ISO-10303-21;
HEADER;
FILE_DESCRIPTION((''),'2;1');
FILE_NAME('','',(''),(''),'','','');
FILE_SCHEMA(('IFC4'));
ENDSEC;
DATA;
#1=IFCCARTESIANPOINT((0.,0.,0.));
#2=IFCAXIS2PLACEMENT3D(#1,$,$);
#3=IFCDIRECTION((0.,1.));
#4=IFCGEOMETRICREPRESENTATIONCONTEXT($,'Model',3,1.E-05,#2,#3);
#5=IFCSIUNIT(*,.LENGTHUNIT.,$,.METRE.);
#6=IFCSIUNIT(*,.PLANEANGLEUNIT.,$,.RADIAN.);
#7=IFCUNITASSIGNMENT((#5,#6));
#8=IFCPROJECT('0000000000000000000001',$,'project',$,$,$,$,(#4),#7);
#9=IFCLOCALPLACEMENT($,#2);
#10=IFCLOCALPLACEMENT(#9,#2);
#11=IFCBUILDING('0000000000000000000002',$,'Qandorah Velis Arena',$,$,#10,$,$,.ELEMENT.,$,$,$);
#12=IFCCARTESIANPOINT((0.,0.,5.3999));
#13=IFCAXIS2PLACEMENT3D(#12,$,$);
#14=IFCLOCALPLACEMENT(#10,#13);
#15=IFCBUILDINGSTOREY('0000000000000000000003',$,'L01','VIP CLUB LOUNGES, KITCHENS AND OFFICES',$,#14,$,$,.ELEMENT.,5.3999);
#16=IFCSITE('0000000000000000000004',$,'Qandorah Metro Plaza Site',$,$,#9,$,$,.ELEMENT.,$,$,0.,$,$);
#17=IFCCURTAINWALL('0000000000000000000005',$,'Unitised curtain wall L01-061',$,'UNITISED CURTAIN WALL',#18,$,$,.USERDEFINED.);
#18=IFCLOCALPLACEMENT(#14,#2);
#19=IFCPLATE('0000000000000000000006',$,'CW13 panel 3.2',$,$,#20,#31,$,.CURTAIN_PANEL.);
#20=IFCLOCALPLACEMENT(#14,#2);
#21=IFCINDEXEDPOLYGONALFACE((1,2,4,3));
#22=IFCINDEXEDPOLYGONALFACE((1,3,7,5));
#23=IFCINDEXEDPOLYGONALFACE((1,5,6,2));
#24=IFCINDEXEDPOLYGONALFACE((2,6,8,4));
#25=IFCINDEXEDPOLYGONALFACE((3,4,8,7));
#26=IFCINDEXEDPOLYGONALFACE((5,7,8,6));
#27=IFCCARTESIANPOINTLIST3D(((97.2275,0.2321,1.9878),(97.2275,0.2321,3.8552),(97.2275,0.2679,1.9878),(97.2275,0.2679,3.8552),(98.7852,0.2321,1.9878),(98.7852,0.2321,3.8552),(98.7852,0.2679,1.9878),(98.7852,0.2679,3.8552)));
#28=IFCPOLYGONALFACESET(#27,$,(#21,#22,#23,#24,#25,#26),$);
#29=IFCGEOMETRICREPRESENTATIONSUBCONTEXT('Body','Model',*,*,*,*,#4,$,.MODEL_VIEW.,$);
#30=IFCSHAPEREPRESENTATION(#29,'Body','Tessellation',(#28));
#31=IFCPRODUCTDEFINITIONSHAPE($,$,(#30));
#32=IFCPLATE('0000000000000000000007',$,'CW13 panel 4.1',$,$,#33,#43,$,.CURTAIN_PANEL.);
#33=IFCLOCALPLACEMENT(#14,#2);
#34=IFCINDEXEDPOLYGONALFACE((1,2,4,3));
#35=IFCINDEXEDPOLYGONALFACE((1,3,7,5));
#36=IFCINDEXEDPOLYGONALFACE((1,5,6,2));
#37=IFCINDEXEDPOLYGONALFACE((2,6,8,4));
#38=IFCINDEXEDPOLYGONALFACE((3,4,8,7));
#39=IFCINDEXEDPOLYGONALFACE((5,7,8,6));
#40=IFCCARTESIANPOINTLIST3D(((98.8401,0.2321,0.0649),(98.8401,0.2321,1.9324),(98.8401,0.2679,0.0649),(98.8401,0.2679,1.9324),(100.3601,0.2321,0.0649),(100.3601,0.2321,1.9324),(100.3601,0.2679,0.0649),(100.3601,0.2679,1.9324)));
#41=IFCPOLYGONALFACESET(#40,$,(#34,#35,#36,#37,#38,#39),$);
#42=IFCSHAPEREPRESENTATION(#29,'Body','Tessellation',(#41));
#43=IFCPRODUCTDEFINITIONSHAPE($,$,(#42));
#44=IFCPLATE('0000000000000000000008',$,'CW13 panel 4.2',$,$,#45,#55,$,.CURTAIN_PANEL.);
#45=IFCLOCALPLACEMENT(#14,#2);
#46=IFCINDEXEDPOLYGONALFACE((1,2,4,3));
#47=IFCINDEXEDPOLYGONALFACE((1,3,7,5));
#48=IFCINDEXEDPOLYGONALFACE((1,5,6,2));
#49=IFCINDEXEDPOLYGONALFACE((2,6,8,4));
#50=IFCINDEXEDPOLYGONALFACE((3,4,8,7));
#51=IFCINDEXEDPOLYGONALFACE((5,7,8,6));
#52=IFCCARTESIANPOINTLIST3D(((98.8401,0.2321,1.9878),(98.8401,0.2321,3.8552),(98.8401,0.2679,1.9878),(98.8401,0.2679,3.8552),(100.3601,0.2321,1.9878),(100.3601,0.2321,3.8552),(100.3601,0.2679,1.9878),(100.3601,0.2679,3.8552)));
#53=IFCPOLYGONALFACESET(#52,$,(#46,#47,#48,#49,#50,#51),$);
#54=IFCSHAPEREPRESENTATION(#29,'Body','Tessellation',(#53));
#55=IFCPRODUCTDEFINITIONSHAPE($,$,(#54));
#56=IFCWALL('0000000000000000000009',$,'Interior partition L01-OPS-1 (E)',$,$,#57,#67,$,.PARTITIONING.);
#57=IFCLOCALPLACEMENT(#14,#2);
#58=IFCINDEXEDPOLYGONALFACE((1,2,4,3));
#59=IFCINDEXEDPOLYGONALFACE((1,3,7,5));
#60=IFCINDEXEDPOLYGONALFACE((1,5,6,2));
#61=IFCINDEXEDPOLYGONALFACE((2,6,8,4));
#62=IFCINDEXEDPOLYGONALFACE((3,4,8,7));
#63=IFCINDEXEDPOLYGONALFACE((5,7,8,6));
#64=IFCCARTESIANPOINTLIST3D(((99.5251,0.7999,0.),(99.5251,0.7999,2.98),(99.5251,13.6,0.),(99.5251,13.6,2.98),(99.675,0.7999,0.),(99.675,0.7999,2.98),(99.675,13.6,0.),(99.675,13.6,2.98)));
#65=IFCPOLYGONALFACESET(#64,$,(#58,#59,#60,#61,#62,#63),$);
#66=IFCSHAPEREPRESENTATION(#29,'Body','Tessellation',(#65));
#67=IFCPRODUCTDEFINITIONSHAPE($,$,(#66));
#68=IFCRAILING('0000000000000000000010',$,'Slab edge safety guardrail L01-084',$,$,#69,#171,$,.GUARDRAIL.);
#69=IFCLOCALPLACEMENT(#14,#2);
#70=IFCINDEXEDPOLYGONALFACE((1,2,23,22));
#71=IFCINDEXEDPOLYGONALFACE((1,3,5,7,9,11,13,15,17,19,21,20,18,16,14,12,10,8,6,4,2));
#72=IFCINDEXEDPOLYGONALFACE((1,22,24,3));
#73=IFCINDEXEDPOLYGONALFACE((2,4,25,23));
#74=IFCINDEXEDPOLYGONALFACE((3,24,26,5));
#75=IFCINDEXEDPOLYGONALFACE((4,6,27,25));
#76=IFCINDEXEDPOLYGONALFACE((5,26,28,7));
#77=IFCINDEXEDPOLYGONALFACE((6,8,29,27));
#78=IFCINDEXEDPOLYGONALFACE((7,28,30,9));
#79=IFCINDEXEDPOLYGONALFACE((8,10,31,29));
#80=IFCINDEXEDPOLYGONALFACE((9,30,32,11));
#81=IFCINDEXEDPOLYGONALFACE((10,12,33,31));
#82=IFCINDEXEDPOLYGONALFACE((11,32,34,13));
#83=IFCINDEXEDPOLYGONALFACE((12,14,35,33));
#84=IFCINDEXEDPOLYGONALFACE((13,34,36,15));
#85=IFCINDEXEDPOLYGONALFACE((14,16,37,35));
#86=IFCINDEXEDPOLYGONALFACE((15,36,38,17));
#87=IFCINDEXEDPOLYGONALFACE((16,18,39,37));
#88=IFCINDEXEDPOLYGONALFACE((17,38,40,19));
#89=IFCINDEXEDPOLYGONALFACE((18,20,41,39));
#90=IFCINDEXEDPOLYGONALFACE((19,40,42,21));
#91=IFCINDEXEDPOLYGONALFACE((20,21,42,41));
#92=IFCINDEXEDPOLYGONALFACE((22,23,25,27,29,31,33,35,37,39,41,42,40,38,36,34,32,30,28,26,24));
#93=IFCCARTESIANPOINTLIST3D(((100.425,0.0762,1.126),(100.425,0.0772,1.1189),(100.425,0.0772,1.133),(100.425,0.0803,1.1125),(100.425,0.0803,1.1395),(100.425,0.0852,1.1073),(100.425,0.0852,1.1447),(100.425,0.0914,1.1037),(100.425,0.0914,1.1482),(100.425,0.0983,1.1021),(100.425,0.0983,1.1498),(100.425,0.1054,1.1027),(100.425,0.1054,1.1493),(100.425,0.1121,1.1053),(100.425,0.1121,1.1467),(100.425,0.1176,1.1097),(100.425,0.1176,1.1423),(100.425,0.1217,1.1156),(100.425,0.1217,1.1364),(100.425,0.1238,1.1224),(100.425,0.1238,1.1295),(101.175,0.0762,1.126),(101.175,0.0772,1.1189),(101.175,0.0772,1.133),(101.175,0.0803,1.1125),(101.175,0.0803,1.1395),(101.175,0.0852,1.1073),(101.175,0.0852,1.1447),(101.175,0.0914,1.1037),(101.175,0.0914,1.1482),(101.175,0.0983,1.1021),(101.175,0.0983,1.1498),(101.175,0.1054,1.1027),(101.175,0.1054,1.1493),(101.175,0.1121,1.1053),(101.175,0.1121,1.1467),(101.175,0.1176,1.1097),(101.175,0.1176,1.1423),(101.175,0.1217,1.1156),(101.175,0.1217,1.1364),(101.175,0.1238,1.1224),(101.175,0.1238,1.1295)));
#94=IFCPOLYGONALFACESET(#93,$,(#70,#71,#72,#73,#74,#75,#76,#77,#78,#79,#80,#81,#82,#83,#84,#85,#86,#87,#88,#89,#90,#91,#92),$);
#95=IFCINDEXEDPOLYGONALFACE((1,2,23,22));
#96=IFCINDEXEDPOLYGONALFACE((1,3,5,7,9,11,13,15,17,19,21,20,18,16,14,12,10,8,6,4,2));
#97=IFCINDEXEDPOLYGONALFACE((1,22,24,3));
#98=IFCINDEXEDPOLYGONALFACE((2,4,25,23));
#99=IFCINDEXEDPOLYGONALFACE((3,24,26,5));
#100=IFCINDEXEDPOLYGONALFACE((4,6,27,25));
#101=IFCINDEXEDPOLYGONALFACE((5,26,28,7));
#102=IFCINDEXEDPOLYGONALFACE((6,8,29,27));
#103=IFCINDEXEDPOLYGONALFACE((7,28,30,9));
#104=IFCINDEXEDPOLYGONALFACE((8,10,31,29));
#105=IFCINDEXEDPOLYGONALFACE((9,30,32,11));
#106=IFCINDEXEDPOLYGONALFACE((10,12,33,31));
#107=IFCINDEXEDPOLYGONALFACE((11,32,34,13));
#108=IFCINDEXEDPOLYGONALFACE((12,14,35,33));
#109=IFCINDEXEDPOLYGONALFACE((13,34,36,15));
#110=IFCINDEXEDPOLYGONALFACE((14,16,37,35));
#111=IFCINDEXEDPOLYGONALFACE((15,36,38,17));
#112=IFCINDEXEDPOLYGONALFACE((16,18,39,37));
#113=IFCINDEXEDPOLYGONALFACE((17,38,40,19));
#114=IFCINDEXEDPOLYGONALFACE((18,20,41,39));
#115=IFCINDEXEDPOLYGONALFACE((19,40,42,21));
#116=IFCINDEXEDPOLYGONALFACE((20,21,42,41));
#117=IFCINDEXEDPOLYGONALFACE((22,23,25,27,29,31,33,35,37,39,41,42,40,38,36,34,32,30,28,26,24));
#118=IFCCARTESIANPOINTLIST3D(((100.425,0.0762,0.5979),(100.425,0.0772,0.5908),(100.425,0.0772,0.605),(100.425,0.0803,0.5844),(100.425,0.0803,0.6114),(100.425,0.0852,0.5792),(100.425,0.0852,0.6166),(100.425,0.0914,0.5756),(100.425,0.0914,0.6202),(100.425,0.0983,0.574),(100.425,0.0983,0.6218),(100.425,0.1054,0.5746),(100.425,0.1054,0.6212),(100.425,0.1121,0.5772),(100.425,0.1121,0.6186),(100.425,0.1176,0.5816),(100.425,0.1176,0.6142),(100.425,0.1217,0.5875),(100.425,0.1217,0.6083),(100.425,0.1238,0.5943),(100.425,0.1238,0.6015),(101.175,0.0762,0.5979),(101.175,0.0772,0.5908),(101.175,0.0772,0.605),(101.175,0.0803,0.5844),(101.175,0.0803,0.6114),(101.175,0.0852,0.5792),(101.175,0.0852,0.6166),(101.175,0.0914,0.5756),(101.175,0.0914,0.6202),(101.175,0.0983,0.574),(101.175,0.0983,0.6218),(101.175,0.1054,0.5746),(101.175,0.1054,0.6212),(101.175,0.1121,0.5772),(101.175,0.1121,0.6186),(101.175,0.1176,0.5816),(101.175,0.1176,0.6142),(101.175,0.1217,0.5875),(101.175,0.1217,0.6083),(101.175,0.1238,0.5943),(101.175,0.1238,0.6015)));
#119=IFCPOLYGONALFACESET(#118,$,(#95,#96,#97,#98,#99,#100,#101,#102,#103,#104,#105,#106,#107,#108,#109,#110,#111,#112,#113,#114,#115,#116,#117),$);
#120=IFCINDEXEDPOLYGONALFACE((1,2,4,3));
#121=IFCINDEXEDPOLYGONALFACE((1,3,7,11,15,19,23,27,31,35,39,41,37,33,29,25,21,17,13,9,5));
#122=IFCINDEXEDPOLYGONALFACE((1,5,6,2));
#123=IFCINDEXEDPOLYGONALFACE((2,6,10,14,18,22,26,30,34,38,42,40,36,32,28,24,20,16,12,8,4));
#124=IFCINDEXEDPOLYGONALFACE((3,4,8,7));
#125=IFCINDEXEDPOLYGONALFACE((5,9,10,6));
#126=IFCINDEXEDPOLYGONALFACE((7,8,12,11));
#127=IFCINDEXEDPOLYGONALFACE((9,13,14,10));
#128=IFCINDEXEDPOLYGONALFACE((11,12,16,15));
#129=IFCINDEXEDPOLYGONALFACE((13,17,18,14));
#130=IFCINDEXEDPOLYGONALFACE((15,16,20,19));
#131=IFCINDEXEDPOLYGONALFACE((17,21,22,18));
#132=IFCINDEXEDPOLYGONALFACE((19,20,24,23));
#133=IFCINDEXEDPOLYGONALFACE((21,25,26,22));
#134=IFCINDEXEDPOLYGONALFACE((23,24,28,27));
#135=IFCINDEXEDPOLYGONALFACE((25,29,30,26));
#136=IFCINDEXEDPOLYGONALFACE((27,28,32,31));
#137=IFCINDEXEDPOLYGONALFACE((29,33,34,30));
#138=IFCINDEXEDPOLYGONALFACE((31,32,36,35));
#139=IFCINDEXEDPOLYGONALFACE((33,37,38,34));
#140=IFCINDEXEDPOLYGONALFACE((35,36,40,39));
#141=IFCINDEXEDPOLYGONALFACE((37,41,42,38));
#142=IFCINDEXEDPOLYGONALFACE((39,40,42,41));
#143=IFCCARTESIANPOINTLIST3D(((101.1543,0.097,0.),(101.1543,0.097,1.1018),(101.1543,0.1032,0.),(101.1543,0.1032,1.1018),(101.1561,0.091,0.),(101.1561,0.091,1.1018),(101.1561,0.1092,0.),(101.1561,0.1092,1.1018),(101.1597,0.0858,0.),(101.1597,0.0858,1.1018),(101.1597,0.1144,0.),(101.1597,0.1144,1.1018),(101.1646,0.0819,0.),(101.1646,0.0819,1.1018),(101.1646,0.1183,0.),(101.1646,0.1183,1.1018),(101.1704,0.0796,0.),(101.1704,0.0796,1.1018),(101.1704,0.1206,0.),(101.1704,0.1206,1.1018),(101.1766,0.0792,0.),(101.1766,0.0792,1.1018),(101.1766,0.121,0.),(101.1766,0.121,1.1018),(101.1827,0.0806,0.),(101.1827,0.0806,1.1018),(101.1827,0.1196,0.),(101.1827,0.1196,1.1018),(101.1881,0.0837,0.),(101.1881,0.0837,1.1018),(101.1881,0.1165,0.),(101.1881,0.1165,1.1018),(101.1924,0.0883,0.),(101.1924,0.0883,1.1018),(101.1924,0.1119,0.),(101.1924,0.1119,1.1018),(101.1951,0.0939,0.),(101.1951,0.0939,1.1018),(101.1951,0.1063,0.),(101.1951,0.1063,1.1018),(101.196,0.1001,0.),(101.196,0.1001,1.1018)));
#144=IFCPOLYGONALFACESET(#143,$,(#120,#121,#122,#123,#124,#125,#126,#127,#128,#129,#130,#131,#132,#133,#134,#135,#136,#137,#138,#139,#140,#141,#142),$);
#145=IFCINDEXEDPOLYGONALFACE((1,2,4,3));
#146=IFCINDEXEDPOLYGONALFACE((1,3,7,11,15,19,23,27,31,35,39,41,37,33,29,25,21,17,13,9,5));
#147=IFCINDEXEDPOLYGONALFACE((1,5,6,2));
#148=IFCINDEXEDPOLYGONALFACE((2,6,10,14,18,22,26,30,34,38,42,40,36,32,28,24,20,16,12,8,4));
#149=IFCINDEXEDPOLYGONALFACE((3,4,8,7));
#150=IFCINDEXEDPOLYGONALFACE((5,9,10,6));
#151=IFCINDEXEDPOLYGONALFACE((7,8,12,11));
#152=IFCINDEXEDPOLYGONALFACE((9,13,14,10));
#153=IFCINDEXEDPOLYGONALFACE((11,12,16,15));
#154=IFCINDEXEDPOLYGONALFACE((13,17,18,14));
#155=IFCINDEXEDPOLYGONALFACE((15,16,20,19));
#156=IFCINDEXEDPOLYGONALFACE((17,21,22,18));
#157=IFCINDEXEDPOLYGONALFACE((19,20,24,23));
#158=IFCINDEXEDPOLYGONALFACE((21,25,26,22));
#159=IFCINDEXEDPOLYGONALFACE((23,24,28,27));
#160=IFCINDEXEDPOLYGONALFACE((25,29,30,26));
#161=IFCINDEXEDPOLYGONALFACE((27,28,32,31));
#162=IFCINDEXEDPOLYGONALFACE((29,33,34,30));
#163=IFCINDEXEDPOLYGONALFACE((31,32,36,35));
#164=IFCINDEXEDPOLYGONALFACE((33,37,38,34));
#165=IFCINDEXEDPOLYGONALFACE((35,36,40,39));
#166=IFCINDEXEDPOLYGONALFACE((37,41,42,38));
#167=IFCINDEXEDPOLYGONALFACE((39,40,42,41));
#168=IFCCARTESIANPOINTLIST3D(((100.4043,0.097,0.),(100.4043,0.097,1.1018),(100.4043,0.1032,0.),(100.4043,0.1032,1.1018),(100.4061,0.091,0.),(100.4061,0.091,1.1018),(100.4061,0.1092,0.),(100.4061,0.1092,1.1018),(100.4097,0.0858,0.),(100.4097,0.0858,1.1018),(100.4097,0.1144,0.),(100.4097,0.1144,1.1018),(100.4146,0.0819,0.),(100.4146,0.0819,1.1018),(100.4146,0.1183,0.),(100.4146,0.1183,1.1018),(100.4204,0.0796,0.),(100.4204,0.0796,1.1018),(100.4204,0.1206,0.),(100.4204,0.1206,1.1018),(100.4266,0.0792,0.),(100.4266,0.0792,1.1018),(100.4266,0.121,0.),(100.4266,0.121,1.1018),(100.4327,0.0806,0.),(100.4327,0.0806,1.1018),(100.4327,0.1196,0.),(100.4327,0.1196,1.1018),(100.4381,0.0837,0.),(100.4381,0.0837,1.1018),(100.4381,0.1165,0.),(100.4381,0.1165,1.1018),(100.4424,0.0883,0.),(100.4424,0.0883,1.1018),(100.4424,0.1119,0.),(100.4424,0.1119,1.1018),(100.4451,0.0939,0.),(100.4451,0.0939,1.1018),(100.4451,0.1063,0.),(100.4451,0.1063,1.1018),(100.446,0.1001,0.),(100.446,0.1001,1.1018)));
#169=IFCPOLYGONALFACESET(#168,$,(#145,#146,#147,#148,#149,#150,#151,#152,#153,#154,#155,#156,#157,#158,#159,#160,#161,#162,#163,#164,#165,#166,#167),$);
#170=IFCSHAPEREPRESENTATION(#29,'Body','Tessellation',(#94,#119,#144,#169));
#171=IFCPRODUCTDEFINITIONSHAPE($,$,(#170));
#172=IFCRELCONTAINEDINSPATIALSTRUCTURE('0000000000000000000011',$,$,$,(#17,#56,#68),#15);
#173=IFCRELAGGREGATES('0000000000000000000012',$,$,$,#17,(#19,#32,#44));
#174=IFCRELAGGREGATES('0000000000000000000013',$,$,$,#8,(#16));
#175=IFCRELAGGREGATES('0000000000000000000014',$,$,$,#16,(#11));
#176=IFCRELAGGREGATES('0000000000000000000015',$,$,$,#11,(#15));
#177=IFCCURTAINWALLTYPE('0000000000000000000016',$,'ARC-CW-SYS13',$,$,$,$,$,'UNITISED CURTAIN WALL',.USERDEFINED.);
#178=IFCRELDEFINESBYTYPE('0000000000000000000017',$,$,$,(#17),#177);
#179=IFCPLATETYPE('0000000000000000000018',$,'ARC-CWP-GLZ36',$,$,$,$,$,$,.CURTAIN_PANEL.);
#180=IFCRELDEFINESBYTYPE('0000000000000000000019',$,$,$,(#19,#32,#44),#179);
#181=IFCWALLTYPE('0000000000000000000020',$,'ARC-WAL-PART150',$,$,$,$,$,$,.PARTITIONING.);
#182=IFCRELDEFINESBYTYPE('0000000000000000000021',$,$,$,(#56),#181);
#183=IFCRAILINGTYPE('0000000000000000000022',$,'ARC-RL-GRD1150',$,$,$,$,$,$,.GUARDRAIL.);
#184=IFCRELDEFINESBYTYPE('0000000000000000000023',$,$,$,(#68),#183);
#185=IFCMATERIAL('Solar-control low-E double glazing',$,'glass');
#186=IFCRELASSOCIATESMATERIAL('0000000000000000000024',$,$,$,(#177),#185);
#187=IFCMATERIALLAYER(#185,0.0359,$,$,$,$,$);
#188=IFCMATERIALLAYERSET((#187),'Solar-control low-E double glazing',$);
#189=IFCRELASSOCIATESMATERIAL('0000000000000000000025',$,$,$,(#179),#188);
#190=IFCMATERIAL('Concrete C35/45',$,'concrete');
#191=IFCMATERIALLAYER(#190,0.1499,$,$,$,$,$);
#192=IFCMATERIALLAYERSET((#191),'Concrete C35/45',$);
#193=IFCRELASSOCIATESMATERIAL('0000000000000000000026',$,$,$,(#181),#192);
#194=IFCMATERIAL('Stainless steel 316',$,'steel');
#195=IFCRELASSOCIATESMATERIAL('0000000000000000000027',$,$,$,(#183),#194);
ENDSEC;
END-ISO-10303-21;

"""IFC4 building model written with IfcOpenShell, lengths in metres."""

from ifc_helpers import new_model, si_unit, direction, frame, frame_2d, origin, origin_2d, place, context, subcontext, project, spatial, rectangle, circle, extrude, material, layer, layer_set, type_object, element, aggregate, save


model = new_model("IFC4")

# Units and contexts
model_context = context("Model", 3, precision=1e-05, world=origin(), true_north=direction((0.0, 1.0)))
body_context = subcontext(model_context, "Body", "Model", "MODEL_VIEW")
ifc_project = project(units=[si_unit("LENGTHUNIT", "METRE"), si_unit("PLANEANGLEUNIT", "RADIAN")], contexts=[model_context])

# Site, building, storey
site_placement = place(None, origin())
site = spatial("IfcSite", under=ifc_project, at=site_placement, Name="Qandorah Metro Plaza Site", CompositionType="ELEMENT", RefElevation=0.0)
building_placement = place(site_placement, origin())
building = spatial("IfcBuilding", under=site, at=building_placement, Name="Qandorah Velis Arena", CompositionType="ELEMENT")
storey_placement = place(building_placement, frame((0.0, 0.0, 5.3999)))
storey = spatial("IfcBuildingStorey", under=building, at=storey_placement, Name="L01", Description="VIP CLUB LOUNGES, KITCHENS AND OFFICES", CompositionType="ELEMENT", Elevation=5.3999)

# Shared definitions
ifc_material_1 = material(Name="Solar-control low-E double glazing", Category="glass")

# Curtain wall
curtain_wall_type_1 = type_object("IfcCurtainWallType", Name="ARC-CW-SYS13", ElementType="UNITISED CURTAIN WALL", PredefinedType="USERDEFINED", material=ifc_material_1)
curtain_wall_1_placement = place(storey_placement, origin())
curtain_wall_1 = element("IfcCurtainWall", 1, at=curtain_wall_1_placement, inside=storey, type_object=curtain_wall_type_1, Name="Unitised curtain wall L01-061", ObjectType="UNITISED CURTAIN WALL", PredefinedType="USERDEFINED")

# Plates
ifc_layer_1 = layer(ifc_material_1, 0.0359)
ifc_layer_set_1 = layer_set([ifc_layer_1], Name="Solar-control low-E double glazing")
plate_type_1 = type_object("IfcPlateType", Name="ARC-CWP-GLZ36", PredefinedType="CURTAIN_PANEL", material=ifc_layer_set_1)
plate_1_placement = place(storey_placement, frame((98.0063, 0.25, 1.9878), z_axis=(0.0, 0.0, 1.0), x_axis=(1.0, 0.0, 0.0)))
plate_1 = element("IfcPlate", 2, at=plate_1_placement, type_object=plate_type_1, Name="CW13 panel 3.2", PredefinedType="CURTAIN_PANEL", context=body_context, shape_type="SweptSolid", body=[
    extrude(rectangle(XDim=1.5576, YDim=0.0359, at=origin_2d()), origin(), (0.0, 0.0, 1.0), 1.8674),
])
plate_2_placement = place(storey_placement, frame((99.6001, 0.25, 0.0649), z_axis=(0.0, 0.0, 1.0), x_axis=(1.0, 0.0, 0.0)))
plate_2 = element("IfcPlate", 3, at=plate_2_placement, type_object=plate_type_1, Name="CW13 panel 4.1", PredefinedType="CURTAIN_PANEL", context=body_context, shape_type="SweptSolid", body=[
    extrude(rectangle(XDim=1.52, YDim=0.0359, at=origin_2d()), origin(), (0.0, 0.0, 1.0), 1.8674),
])
plate_3_placement = place(storey_placement, frame((99.6001, 0.25, 1.9878), z_axis=(0.0, 0.0, 1.0), x_axis=(1.0, 0.0, 0.0)))
plate_3 = element("IfcPlate", 4, at=plate_3_placement, type_object=plate_type_1, Name="CW13 panel 4.2", PredefinedType="CURTAIN_PANEL", context=body_context, shape_type="SweptSolid", body=[
    extrude(rectangle(XDim=1.52, YDim=0.0359, at=origin_2d()), origin(), (0.0, 0.0, 1.0), 1.8674),
])
aggregate(curtain_wall_1, [plate_1, plate_2, plate_3])

# Wall
ifc_material_2 = material(Name="Concrete C35/45", Category="concrete")
ifc_layer_2 = layer(ifc_material_2, 0.1499)
ifc_layer_set_2 = layer_set([ifc_layer_2], Name="Concrete C35/45")
wall_type = type_object("IfcWallType", Name="ARC-WAL-PART150", PredefinedType="PARTITIONING", material=ifc_layer_set_2)
wall_placement = place(storey_placement, frame((99.6001, 0.8, 0.0), z_axis=(0.0, 0.0, 1.0), x_axis=(0.0, 1.0, 0.0)))
element("IfcWall", 5, at=wall_placement, inside=storey, type_object=wall_type, Name="Interior partition L01-OPS-1 (E)", PredefinedType="PARTITIONING", context=body_context, shape_type="SweptSolid", body=[
    extrude(rectangle(XDim=12.8, YDim=0.1499, at=frame_2d((6.3999, 0.0))), origin(), (0.0, 0.0, 1.0), 2.98),
])

# Railing
ifc_material_3 = material(Name="Stainless steel 316", Category="steel")
railing_type = type_object("IfcRailingType", Name="ARC-RL-GRD1150", PredefinedType="GUARDRAIL", material=ifc_material_3)
railing_placement = place(storey_placement, frame((101.175, 0.1001, 0.0)))
element("IfcRailing", 6, at=railing_placement, inside=storey, type_object=railing_type, Name="Slab edge safety guardrail L01-084", PredefinedType="GUARDRAIL", context=body_context, shape_type="SweptSolid", body=[
    extrude(circle(Radius=0.0239, at=origin_2d()), frame((0.0, 0.0, 1.126), z_axis=(-1.0, 0.0, 0.0), x_axis=(0.0, -1.0, 0.0)), (0.0, 0.0, 1.0), 0.75),
    extrude(circle(Radius=0.0239, at=origin_2d()), frame((0.0, 0.0, 0.5979), z_axis=(-1.0, 0.0, 0.0), x_axis=(0.0, -1.0, 0.0)), (0.0, 0.0, 1.0), 0.75),
    extrude(circle(Radius=0.021, at=origin_2d()), origin(), (0.0, 0.0, 1.0), 1.1018),
    extrude(circle(Radius=0.021, at=origin_2d()), frame((-0.75, 0.0, 0.0)), (0.0, 0.0, 1.0), 1.1018),
])

save(model, "model.ifc")
